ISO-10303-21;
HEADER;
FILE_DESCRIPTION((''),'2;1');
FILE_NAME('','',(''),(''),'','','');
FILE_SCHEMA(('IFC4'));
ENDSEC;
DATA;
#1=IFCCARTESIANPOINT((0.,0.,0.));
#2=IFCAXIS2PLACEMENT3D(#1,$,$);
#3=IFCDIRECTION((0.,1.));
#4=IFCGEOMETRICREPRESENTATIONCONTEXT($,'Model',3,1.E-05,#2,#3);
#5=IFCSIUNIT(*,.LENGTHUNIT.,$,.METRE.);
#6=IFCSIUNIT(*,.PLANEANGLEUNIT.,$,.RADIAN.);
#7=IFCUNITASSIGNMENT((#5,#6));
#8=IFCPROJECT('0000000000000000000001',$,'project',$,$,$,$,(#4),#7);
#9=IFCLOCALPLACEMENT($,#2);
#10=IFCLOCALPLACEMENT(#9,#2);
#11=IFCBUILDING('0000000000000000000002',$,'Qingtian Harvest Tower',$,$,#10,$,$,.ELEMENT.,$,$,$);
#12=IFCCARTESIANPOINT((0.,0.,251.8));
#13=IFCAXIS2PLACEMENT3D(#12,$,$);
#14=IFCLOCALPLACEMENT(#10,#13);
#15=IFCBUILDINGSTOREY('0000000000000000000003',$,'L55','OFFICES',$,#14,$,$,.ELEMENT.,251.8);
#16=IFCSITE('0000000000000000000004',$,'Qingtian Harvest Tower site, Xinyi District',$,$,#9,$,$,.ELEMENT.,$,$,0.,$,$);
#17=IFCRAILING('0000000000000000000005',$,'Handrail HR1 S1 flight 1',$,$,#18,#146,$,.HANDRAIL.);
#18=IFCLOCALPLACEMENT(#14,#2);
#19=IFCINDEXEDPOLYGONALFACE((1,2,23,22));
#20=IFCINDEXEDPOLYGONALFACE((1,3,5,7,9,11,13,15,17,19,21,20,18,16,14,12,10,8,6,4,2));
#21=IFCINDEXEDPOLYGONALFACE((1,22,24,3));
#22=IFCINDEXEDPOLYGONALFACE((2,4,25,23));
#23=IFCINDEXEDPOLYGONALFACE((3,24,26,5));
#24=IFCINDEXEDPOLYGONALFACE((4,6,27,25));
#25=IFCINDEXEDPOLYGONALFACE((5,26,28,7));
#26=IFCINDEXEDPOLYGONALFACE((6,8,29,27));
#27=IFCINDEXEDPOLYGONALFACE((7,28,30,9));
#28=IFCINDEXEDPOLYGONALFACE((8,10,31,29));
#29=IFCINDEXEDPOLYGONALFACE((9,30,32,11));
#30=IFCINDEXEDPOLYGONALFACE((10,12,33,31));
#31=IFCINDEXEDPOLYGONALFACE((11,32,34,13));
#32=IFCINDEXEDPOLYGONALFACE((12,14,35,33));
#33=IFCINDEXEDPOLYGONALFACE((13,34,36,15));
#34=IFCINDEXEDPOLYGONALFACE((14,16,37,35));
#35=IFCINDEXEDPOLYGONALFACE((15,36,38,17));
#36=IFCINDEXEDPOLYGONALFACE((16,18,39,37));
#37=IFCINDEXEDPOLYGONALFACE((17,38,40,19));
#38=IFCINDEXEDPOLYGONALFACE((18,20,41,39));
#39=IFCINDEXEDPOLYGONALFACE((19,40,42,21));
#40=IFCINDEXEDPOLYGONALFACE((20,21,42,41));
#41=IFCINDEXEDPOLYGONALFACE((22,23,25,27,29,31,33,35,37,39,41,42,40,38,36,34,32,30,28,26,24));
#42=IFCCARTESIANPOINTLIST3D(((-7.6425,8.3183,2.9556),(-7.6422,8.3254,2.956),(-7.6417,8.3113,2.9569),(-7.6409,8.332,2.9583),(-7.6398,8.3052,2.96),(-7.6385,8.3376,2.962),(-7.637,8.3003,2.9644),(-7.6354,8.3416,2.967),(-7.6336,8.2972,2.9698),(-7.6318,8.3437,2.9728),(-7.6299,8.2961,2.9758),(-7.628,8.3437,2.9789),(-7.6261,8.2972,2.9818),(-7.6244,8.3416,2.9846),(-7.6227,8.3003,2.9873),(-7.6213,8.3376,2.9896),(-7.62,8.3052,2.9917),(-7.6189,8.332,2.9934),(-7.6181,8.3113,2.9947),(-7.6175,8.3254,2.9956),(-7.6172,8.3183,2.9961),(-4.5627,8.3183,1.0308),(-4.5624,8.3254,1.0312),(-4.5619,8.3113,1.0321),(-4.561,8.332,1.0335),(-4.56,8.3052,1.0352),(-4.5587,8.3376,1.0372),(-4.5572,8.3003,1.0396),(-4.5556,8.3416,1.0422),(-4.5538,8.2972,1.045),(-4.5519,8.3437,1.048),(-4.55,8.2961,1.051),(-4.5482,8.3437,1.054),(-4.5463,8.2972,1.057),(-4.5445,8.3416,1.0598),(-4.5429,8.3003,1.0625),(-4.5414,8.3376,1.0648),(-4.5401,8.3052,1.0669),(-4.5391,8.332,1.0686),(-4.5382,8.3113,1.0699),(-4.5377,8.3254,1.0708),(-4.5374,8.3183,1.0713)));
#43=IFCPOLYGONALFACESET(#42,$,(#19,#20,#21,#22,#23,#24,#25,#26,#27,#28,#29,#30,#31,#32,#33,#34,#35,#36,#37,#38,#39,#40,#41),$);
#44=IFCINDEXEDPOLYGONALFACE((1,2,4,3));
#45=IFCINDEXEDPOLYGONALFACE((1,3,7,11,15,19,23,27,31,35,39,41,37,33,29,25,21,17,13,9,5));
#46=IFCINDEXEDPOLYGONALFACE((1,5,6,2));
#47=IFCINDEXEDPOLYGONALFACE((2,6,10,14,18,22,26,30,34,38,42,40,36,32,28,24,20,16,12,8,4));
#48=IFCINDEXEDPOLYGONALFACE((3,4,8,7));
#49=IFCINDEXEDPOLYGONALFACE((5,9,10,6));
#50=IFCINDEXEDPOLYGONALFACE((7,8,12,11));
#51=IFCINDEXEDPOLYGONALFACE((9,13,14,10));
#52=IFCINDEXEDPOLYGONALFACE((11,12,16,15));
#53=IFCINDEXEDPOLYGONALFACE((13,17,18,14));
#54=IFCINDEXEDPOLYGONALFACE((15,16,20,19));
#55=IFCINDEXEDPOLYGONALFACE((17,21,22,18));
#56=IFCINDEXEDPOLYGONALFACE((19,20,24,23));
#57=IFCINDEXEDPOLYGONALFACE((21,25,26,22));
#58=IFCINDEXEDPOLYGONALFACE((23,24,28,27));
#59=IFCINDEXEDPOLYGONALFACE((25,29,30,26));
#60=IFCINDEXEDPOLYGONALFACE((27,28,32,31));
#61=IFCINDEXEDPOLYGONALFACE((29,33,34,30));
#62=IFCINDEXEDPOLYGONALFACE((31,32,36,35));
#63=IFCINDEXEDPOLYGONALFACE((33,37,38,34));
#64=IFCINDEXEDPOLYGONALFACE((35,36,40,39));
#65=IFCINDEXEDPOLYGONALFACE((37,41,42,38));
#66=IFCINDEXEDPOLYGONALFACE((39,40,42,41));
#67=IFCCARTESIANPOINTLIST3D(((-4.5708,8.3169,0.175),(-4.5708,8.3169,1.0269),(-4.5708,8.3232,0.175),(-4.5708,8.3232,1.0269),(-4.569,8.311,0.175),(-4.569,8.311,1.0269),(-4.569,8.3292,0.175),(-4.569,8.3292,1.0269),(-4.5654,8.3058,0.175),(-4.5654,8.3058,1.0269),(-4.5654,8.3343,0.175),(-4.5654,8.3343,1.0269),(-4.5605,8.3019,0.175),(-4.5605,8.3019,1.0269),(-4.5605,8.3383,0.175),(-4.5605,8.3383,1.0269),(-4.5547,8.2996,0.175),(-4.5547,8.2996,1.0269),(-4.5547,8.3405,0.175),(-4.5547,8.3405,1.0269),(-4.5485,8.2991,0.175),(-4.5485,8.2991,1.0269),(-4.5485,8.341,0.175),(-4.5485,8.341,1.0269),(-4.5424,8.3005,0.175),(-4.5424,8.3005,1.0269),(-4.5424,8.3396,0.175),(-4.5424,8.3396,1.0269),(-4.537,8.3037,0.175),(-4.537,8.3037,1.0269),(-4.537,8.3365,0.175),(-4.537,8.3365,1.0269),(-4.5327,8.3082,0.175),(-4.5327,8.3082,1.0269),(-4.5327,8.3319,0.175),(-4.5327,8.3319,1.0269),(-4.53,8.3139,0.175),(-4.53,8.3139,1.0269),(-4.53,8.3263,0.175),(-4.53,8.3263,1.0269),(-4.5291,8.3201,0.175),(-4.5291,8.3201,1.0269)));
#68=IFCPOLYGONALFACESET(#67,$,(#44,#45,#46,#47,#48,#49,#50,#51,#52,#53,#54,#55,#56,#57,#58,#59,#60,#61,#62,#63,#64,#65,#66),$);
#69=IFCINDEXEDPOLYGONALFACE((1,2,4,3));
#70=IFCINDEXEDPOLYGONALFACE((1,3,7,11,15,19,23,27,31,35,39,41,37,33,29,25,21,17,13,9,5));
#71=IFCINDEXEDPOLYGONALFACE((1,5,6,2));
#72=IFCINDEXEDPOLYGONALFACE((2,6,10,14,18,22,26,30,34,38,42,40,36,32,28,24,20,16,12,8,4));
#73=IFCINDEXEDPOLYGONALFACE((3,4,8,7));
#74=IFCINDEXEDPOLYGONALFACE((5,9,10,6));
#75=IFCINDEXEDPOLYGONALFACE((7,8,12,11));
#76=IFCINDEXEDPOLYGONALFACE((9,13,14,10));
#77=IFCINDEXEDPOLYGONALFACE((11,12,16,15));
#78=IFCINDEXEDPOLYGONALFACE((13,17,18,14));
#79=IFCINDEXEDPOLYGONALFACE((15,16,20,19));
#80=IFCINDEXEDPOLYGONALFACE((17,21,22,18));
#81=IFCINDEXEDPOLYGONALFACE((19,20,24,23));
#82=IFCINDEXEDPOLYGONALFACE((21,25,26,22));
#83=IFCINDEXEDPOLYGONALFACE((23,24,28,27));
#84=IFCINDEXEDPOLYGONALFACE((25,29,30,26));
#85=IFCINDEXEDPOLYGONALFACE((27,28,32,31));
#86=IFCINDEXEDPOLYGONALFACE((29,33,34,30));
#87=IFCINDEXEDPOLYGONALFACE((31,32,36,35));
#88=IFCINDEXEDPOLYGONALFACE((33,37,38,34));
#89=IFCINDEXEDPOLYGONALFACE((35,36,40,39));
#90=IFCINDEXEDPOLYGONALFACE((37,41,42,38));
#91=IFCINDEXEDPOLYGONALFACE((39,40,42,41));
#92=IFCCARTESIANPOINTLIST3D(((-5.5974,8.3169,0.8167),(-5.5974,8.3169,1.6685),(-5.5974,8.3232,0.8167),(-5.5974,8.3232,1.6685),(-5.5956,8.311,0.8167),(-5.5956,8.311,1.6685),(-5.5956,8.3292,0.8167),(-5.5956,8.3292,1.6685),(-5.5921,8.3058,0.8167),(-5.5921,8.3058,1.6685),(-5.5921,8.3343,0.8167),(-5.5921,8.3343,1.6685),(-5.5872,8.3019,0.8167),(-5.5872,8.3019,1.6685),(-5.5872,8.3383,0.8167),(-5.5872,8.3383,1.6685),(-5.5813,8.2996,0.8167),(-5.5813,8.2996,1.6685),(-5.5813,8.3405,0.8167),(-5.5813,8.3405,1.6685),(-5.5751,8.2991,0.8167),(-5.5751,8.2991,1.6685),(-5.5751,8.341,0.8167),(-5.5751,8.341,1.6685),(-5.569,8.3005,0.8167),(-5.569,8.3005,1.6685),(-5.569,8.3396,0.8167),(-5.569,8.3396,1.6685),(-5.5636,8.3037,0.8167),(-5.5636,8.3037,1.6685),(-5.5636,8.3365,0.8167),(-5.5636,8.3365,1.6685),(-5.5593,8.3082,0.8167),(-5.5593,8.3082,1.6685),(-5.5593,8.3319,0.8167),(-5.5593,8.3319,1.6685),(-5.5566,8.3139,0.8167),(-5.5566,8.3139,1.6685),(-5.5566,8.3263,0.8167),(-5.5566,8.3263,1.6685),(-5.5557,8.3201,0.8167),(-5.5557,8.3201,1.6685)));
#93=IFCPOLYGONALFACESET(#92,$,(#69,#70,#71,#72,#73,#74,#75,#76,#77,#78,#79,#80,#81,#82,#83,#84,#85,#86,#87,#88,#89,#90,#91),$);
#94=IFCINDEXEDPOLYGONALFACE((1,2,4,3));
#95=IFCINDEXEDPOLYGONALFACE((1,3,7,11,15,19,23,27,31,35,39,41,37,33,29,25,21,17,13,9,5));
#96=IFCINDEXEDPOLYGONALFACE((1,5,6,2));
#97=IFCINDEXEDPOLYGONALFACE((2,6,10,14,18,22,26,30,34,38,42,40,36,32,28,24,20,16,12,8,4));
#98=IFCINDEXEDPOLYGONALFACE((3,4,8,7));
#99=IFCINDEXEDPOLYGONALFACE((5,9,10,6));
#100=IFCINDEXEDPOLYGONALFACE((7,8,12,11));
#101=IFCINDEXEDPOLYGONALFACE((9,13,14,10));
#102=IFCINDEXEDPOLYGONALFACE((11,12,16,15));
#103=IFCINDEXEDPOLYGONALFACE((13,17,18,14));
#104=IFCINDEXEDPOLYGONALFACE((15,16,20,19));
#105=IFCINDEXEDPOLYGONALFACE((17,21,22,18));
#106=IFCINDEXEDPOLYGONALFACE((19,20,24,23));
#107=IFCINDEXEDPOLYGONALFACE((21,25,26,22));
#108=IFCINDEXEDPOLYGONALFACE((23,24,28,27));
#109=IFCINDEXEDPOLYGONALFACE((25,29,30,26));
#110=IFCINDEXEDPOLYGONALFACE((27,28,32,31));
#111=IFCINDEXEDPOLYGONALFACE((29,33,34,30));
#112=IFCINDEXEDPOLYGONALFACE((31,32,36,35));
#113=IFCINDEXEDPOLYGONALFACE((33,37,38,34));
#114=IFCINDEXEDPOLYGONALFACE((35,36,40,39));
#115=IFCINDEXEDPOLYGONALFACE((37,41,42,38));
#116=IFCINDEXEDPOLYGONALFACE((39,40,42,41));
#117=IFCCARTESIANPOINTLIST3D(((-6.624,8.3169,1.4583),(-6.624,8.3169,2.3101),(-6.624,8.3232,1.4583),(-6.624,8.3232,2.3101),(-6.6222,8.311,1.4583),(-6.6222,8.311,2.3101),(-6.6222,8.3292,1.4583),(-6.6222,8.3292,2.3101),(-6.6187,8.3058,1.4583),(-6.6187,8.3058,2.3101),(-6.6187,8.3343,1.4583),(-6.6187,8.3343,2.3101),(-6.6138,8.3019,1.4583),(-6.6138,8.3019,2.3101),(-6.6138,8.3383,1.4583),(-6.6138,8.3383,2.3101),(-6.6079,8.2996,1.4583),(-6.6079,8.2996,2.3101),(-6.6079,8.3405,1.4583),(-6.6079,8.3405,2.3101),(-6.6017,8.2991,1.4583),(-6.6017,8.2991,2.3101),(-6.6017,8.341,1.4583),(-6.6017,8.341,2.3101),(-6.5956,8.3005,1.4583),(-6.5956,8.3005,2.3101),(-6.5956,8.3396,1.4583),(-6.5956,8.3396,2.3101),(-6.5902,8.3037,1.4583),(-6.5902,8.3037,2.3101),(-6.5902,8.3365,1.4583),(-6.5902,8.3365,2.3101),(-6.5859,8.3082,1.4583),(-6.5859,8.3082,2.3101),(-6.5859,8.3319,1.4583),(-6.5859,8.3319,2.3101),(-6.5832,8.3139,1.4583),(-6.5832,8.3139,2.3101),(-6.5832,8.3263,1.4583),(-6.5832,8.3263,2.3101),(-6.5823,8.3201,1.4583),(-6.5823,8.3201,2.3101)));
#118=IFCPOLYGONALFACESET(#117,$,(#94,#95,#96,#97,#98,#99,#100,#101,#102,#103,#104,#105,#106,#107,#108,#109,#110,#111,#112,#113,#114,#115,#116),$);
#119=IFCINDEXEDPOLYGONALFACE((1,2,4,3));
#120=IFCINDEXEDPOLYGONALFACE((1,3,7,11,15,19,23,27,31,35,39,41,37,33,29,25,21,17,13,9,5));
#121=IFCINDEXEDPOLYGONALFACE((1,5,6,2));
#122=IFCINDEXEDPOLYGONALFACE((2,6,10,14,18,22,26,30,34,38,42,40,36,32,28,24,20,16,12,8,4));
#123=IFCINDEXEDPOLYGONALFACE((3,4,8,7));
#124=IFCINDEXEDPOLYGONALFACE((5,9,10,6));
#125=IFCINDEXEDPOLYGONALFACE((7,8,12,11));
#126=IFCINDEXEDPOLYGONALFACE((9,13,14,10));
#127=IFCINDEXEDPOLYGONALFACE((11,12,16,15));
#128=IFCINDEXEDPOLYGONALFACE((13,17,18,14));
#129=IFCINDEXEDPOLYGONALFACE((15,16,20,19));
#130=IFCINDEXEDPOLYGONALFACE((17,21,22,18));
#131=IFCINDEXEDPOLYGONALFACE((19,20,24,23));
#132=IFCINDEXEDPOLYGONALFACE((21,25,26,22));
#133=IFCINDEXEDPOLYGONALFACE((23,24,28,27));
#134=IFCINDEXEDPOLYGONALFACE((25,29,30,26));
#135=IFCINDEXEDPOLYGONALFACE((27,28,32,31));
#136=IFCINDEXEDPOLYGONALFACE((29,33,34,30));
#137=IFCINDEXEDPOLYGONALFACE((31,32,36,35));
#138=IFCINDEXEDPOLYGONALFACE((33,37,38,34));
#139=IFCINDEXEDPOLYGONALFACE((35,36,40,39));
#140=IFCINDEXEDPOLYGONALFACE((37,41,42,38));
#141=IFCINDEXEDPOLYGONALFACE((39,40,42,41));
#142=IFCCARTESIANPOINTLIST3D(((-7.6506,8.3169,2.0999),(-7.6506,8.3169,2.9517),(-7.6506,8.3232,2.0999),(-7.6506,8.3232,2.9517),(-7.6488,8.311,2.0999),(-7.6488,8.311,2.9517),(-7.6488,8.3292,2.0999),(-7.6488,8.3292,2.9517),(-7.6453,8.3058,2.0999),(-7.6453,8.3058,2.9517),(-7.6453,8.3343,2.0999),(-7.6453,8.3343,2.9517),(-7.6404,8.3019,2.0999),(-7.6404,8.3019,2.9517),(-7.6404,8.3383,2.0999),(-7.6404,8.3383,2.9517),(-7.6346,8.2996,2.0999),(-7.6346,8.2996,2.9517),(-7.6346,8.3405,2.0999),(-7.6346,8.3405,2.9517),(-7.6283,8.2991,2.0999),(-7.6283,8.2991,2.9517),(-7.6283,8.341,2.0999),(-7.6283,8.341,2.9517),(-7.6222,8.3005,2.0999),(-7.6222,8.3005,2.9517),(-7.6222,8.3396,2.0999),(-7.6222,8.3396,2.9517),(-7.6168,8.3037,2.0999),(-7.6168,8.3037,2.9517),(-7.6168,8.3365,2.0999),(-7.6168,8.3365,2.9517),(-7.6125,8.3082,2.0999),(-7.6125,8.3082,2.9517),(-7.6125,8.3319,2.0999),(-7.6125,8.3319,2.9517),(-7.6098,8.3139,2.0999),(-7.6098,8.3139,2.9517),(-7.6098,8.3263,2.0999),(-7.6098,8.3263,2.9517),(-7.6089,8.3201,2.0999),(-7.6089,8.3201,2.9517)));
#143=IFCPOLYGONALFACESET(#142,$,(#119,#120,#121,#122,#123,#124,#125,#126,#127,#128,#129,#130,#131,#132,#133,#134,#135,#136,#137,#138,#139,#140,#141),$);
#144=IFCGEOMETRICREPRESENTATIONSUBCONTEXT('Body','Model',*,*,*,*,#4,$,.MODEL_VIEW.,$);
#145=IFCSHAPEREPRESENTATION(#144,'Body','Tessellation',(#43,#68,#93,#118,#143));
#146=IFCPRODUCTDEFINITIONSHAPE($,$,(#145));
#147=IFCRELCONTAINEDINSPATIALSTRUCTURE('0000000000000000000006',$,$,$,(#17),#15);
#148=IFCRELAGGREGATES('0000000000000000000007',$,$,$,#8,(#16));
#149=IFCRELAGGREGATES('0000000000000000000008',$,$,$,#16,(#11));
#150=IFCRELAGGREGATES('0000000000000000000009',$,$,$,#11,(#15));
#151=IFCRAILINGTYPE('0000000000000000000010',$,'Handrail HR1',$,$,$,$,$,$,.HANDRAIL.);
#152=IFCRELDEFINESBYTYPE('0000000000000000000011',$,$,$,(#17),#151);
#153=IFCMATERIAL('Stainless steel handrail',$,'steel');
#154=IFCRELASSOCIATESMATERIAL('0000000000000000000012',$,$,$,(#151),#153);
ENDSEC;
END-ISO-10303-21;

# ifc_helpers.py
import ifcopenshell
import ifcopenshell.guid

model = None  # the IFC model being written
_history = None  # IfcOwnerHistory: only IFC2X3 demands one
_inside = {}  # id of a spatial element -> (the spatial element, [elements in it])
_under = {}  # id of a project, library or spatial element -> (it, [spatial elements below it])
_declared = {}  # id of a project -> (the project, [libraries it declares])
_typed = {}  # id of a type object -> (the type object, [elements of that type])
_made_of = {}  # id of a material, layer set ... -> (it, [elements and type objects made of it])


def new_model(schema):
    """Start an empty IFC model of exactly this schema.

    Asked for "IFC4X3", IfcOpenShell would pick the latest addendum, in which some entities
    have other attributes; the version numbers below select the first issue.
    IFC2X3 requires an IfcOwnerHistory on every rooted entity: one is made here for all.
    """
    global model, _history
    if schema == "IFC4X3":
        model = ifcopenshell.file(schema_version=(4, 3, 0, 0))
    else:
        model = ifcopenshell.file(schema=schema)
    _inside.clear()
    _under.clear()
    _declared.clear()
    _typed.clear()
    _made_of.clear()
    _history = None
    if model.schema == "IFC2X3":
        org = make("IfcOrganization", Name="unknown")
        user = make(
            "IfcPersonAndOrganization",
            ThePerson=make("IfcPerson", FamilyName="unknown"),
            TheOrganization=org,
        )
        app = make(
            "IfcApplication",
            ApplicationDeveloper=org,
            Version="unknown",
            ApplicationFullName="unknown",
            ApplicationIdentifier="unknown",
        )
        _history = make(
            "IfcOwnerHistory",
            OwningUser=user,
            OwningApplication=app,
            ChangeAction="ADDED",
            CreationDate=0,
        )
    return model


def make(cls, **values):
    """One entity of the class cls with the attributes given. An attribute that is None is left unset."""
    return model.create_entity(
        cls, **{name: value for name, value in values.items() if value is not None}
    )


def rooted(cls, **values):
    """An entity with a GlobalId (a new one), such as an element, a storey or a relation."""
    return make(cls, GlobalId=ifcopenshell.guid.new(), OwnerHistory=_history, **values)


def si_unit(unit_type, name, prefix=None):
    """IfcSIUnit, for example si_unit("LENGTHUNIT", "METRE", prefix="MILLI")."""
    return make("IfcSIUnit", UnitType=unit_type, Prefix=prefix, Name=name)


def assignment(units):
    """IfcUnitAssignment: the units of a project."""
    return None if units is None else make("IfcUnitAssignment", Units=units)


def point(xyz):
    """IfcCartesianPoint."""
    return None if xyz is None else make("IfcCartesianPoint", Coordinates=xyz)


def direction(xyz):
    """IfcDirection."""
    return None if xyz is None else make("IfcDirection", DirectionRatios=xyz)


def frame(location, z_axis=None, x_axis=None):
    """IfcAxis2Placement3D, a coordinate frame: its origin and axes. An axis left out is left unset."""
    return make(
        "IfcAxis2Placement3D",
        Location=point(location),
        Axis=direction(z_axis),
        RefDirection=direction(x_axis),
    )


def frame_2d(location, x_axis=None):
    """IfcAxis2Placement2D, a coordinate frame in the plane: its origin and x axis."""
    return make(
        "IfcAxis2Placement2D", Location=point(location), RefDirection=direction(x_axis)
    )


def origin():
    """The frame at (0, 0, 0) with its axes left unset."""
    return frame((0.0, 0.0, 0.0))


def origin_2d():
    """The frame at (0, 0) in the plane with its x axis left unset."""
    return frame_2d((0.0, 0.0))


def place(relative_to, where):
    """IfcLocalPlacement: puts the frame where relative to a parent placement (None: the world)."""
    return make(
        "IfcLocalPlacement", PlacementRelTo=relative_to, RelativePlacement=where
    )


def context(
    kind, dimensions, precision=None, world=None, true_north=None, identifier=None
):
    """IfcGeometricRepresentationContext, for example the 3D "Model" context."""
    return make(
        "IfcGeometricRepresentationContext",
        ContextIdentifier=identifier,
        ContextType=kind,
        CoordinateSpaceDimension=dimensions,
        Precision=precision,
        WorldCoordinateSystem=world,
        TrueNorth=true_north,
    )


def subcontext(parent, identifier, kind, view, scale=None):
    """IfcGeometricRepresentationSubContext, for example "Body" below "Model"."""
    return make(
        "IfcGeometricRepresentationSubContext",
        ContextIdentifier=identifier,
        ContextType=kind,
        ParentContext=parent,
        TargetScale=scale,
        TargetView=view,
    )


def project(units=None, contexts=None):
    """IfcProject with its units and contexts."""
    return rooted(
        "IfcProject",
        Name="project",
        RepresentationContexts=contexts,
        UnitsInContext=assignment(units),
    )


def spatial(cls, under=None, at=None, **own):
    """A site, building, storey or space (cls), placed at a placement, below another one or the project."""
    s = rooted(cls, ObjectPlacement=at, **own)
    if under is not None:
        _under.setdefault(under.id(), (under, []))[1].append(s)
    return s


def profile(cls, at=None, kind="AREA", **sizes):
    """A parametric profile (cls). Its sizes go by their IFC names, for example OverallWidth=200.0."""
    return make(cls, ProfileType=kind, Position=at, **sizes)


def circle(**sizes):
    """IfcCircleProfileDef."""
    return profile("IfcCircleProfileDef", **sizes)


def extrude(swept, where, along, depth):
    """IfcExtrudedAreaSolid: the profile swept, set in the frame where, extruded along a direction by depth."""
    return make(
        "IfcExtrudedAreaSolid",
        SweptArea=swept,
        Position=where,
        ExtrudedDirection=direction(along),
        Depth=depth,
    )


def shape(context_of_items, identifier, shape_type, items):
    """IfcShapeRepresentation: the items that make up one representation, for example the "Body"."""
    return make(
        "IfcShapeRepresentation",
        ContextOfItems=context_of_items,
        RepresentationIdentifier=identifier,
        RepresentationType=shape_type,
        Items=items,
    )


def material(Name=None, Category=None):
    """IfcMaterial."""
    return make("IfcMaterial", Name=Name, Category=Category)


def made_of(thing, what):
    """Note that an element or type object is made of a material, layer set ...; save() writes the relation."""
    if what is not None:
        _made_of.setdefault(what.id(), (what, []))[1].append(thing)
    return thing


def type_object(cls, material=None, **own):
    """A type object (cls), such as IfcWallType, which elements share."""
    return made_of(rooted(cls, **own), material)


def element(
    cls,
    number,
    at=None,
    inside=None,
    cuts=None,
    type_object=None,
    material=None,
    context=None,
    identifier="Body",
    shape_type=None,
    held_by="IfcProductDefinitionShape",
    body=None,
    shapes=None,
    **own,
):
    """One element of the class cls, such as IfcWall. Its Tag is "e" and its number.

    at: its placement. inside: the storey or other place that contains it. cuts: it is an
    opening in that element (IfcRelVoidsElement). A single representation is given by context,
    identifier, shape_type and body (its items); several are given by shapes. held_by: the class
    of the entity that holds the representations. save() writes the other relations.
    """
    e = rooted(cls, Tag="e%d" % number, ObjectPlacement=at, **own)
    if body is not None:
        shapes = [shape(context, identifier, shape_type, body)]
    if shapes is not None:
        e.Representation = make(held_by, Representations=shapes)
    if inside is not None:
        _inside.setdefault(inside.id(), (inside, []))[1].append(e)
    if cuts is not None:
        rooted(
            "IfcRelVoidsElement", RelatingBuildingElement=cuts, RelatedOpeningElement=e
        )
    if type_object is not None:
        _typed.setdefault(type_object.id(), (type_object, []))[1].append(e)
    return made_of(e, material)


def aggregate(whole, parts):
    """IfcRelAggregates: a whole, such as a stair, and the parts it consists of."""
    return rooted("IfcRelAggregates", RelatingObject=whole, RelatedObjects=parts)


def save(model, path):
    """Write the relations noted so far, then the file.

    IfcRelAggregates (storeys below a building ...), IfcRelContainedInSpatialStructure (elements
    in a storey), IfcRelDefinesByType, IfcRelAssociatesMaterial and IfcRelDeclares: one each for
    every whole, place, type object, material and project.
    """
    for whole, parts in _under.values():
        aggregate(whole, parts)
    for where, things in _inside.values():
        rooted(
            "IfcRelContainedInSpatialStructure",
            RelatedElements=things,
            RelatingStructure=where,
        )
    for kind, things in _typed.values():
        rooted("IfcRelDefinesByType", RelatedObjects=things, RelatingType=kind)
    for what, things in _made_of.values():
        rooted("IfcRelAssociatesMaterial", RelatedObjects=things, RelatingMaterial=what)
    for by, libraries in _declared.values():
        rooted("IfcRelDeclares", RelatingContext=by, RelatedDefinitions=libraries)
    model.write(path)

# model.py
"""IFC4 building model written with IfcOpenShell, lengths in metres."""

from ifc_helpers import new_model, si_unit, direction, frame, origin, origin_2d, place, context, subcontext, project, spatial, circle, extrude, material, type_object, element, save


model = new_model("IFC4")

# Units and contexts
model_context = context("Model", 3, precision=1e-05, world=origin(), true_north=direction((0.0, 1.0)))
body_context = subcontext(model_context, "Body", "Model", "MODEL_VIEW")
ifc_project = project(units=[si_unit("LENGTHUNIT", "METRE"), si_unit("PLANEANGLEUNIT", "RADIAN")], contexts=[model_context])

# Site, building, storey
site_placement = place(None, origin())
site = spatial("IfcSite", under=ifc_project, at=site_placement, Name="Qingtian Harvest Tower site, Xinyi District", CompositionType="ELEMENT", RefElevation=0.0)
building_placement = place(site_placement, origin())
building = spatial("IfcBuilding", under=site, at=building_placement, Name="Qingtian Harvest Tower", CompositionType="ELEMENT")
storey_placement = place(building_placement, frame((0.0, 0.0, 251.8)))
storey = spatial("IfcBuildingStorey", under=building, at=storey_placement, Name="L55", Description="OFFICES", CompositionType="ELEMENT", Elevation=251.8)

# Railing
ifc_material_1 = material(Name="Stainless steel handrail", Category="steel")
railing_type = type_object("IfcRailingType", Name="Handrail HR1", PredefinedType="HANDRAIL", material=ifc_material_1)
railing_1_placement = place(storey_placement, frame((-4.55, 8.3201, 0.175)))
element("IfcRailing", 1, at=railing_1_placement, inside=storey, type_object=railing_type, Name="Handrail HR1 S1 flight 1", PredefinedType="HANDRAIL", context=body_context, shape_type="SweptSolid", body=[
    extrude(circle(Radius=0.0239, at=origin_2d()), frame((0.0, 0.0, 0.876), z_axis=(-0.84801, 0.0, 0.529981), x_axis=(0.0, -1.0, 0.0)), (0.0, 0.0, 1.0), 3.6318),
    extrude(circle(Radius=0.021, at=origin_2d()), origin(), (0.0, 0.0, 1.0), 0.8518),
    extrude(circle(Radius=0.021, at=origin_2d()), frame((-1.0266, 0.0, 0.6416)), (0.0, 0.0, 1.0), 0.8518),
    extrude(circle(Radius=0.021, at=origin_2d()), frame((-2.0532, 0.0, 1.2832)), (0.0, 0.0, 1.0), 0.8518),
    extrude(circle(Radius=0.021, at=origin_2d()), frame((-3.0798, 0.0, 1.9248)), (0.0, 0.0, 1.0), 0.8518),
])

save(model, "model.ifc")
